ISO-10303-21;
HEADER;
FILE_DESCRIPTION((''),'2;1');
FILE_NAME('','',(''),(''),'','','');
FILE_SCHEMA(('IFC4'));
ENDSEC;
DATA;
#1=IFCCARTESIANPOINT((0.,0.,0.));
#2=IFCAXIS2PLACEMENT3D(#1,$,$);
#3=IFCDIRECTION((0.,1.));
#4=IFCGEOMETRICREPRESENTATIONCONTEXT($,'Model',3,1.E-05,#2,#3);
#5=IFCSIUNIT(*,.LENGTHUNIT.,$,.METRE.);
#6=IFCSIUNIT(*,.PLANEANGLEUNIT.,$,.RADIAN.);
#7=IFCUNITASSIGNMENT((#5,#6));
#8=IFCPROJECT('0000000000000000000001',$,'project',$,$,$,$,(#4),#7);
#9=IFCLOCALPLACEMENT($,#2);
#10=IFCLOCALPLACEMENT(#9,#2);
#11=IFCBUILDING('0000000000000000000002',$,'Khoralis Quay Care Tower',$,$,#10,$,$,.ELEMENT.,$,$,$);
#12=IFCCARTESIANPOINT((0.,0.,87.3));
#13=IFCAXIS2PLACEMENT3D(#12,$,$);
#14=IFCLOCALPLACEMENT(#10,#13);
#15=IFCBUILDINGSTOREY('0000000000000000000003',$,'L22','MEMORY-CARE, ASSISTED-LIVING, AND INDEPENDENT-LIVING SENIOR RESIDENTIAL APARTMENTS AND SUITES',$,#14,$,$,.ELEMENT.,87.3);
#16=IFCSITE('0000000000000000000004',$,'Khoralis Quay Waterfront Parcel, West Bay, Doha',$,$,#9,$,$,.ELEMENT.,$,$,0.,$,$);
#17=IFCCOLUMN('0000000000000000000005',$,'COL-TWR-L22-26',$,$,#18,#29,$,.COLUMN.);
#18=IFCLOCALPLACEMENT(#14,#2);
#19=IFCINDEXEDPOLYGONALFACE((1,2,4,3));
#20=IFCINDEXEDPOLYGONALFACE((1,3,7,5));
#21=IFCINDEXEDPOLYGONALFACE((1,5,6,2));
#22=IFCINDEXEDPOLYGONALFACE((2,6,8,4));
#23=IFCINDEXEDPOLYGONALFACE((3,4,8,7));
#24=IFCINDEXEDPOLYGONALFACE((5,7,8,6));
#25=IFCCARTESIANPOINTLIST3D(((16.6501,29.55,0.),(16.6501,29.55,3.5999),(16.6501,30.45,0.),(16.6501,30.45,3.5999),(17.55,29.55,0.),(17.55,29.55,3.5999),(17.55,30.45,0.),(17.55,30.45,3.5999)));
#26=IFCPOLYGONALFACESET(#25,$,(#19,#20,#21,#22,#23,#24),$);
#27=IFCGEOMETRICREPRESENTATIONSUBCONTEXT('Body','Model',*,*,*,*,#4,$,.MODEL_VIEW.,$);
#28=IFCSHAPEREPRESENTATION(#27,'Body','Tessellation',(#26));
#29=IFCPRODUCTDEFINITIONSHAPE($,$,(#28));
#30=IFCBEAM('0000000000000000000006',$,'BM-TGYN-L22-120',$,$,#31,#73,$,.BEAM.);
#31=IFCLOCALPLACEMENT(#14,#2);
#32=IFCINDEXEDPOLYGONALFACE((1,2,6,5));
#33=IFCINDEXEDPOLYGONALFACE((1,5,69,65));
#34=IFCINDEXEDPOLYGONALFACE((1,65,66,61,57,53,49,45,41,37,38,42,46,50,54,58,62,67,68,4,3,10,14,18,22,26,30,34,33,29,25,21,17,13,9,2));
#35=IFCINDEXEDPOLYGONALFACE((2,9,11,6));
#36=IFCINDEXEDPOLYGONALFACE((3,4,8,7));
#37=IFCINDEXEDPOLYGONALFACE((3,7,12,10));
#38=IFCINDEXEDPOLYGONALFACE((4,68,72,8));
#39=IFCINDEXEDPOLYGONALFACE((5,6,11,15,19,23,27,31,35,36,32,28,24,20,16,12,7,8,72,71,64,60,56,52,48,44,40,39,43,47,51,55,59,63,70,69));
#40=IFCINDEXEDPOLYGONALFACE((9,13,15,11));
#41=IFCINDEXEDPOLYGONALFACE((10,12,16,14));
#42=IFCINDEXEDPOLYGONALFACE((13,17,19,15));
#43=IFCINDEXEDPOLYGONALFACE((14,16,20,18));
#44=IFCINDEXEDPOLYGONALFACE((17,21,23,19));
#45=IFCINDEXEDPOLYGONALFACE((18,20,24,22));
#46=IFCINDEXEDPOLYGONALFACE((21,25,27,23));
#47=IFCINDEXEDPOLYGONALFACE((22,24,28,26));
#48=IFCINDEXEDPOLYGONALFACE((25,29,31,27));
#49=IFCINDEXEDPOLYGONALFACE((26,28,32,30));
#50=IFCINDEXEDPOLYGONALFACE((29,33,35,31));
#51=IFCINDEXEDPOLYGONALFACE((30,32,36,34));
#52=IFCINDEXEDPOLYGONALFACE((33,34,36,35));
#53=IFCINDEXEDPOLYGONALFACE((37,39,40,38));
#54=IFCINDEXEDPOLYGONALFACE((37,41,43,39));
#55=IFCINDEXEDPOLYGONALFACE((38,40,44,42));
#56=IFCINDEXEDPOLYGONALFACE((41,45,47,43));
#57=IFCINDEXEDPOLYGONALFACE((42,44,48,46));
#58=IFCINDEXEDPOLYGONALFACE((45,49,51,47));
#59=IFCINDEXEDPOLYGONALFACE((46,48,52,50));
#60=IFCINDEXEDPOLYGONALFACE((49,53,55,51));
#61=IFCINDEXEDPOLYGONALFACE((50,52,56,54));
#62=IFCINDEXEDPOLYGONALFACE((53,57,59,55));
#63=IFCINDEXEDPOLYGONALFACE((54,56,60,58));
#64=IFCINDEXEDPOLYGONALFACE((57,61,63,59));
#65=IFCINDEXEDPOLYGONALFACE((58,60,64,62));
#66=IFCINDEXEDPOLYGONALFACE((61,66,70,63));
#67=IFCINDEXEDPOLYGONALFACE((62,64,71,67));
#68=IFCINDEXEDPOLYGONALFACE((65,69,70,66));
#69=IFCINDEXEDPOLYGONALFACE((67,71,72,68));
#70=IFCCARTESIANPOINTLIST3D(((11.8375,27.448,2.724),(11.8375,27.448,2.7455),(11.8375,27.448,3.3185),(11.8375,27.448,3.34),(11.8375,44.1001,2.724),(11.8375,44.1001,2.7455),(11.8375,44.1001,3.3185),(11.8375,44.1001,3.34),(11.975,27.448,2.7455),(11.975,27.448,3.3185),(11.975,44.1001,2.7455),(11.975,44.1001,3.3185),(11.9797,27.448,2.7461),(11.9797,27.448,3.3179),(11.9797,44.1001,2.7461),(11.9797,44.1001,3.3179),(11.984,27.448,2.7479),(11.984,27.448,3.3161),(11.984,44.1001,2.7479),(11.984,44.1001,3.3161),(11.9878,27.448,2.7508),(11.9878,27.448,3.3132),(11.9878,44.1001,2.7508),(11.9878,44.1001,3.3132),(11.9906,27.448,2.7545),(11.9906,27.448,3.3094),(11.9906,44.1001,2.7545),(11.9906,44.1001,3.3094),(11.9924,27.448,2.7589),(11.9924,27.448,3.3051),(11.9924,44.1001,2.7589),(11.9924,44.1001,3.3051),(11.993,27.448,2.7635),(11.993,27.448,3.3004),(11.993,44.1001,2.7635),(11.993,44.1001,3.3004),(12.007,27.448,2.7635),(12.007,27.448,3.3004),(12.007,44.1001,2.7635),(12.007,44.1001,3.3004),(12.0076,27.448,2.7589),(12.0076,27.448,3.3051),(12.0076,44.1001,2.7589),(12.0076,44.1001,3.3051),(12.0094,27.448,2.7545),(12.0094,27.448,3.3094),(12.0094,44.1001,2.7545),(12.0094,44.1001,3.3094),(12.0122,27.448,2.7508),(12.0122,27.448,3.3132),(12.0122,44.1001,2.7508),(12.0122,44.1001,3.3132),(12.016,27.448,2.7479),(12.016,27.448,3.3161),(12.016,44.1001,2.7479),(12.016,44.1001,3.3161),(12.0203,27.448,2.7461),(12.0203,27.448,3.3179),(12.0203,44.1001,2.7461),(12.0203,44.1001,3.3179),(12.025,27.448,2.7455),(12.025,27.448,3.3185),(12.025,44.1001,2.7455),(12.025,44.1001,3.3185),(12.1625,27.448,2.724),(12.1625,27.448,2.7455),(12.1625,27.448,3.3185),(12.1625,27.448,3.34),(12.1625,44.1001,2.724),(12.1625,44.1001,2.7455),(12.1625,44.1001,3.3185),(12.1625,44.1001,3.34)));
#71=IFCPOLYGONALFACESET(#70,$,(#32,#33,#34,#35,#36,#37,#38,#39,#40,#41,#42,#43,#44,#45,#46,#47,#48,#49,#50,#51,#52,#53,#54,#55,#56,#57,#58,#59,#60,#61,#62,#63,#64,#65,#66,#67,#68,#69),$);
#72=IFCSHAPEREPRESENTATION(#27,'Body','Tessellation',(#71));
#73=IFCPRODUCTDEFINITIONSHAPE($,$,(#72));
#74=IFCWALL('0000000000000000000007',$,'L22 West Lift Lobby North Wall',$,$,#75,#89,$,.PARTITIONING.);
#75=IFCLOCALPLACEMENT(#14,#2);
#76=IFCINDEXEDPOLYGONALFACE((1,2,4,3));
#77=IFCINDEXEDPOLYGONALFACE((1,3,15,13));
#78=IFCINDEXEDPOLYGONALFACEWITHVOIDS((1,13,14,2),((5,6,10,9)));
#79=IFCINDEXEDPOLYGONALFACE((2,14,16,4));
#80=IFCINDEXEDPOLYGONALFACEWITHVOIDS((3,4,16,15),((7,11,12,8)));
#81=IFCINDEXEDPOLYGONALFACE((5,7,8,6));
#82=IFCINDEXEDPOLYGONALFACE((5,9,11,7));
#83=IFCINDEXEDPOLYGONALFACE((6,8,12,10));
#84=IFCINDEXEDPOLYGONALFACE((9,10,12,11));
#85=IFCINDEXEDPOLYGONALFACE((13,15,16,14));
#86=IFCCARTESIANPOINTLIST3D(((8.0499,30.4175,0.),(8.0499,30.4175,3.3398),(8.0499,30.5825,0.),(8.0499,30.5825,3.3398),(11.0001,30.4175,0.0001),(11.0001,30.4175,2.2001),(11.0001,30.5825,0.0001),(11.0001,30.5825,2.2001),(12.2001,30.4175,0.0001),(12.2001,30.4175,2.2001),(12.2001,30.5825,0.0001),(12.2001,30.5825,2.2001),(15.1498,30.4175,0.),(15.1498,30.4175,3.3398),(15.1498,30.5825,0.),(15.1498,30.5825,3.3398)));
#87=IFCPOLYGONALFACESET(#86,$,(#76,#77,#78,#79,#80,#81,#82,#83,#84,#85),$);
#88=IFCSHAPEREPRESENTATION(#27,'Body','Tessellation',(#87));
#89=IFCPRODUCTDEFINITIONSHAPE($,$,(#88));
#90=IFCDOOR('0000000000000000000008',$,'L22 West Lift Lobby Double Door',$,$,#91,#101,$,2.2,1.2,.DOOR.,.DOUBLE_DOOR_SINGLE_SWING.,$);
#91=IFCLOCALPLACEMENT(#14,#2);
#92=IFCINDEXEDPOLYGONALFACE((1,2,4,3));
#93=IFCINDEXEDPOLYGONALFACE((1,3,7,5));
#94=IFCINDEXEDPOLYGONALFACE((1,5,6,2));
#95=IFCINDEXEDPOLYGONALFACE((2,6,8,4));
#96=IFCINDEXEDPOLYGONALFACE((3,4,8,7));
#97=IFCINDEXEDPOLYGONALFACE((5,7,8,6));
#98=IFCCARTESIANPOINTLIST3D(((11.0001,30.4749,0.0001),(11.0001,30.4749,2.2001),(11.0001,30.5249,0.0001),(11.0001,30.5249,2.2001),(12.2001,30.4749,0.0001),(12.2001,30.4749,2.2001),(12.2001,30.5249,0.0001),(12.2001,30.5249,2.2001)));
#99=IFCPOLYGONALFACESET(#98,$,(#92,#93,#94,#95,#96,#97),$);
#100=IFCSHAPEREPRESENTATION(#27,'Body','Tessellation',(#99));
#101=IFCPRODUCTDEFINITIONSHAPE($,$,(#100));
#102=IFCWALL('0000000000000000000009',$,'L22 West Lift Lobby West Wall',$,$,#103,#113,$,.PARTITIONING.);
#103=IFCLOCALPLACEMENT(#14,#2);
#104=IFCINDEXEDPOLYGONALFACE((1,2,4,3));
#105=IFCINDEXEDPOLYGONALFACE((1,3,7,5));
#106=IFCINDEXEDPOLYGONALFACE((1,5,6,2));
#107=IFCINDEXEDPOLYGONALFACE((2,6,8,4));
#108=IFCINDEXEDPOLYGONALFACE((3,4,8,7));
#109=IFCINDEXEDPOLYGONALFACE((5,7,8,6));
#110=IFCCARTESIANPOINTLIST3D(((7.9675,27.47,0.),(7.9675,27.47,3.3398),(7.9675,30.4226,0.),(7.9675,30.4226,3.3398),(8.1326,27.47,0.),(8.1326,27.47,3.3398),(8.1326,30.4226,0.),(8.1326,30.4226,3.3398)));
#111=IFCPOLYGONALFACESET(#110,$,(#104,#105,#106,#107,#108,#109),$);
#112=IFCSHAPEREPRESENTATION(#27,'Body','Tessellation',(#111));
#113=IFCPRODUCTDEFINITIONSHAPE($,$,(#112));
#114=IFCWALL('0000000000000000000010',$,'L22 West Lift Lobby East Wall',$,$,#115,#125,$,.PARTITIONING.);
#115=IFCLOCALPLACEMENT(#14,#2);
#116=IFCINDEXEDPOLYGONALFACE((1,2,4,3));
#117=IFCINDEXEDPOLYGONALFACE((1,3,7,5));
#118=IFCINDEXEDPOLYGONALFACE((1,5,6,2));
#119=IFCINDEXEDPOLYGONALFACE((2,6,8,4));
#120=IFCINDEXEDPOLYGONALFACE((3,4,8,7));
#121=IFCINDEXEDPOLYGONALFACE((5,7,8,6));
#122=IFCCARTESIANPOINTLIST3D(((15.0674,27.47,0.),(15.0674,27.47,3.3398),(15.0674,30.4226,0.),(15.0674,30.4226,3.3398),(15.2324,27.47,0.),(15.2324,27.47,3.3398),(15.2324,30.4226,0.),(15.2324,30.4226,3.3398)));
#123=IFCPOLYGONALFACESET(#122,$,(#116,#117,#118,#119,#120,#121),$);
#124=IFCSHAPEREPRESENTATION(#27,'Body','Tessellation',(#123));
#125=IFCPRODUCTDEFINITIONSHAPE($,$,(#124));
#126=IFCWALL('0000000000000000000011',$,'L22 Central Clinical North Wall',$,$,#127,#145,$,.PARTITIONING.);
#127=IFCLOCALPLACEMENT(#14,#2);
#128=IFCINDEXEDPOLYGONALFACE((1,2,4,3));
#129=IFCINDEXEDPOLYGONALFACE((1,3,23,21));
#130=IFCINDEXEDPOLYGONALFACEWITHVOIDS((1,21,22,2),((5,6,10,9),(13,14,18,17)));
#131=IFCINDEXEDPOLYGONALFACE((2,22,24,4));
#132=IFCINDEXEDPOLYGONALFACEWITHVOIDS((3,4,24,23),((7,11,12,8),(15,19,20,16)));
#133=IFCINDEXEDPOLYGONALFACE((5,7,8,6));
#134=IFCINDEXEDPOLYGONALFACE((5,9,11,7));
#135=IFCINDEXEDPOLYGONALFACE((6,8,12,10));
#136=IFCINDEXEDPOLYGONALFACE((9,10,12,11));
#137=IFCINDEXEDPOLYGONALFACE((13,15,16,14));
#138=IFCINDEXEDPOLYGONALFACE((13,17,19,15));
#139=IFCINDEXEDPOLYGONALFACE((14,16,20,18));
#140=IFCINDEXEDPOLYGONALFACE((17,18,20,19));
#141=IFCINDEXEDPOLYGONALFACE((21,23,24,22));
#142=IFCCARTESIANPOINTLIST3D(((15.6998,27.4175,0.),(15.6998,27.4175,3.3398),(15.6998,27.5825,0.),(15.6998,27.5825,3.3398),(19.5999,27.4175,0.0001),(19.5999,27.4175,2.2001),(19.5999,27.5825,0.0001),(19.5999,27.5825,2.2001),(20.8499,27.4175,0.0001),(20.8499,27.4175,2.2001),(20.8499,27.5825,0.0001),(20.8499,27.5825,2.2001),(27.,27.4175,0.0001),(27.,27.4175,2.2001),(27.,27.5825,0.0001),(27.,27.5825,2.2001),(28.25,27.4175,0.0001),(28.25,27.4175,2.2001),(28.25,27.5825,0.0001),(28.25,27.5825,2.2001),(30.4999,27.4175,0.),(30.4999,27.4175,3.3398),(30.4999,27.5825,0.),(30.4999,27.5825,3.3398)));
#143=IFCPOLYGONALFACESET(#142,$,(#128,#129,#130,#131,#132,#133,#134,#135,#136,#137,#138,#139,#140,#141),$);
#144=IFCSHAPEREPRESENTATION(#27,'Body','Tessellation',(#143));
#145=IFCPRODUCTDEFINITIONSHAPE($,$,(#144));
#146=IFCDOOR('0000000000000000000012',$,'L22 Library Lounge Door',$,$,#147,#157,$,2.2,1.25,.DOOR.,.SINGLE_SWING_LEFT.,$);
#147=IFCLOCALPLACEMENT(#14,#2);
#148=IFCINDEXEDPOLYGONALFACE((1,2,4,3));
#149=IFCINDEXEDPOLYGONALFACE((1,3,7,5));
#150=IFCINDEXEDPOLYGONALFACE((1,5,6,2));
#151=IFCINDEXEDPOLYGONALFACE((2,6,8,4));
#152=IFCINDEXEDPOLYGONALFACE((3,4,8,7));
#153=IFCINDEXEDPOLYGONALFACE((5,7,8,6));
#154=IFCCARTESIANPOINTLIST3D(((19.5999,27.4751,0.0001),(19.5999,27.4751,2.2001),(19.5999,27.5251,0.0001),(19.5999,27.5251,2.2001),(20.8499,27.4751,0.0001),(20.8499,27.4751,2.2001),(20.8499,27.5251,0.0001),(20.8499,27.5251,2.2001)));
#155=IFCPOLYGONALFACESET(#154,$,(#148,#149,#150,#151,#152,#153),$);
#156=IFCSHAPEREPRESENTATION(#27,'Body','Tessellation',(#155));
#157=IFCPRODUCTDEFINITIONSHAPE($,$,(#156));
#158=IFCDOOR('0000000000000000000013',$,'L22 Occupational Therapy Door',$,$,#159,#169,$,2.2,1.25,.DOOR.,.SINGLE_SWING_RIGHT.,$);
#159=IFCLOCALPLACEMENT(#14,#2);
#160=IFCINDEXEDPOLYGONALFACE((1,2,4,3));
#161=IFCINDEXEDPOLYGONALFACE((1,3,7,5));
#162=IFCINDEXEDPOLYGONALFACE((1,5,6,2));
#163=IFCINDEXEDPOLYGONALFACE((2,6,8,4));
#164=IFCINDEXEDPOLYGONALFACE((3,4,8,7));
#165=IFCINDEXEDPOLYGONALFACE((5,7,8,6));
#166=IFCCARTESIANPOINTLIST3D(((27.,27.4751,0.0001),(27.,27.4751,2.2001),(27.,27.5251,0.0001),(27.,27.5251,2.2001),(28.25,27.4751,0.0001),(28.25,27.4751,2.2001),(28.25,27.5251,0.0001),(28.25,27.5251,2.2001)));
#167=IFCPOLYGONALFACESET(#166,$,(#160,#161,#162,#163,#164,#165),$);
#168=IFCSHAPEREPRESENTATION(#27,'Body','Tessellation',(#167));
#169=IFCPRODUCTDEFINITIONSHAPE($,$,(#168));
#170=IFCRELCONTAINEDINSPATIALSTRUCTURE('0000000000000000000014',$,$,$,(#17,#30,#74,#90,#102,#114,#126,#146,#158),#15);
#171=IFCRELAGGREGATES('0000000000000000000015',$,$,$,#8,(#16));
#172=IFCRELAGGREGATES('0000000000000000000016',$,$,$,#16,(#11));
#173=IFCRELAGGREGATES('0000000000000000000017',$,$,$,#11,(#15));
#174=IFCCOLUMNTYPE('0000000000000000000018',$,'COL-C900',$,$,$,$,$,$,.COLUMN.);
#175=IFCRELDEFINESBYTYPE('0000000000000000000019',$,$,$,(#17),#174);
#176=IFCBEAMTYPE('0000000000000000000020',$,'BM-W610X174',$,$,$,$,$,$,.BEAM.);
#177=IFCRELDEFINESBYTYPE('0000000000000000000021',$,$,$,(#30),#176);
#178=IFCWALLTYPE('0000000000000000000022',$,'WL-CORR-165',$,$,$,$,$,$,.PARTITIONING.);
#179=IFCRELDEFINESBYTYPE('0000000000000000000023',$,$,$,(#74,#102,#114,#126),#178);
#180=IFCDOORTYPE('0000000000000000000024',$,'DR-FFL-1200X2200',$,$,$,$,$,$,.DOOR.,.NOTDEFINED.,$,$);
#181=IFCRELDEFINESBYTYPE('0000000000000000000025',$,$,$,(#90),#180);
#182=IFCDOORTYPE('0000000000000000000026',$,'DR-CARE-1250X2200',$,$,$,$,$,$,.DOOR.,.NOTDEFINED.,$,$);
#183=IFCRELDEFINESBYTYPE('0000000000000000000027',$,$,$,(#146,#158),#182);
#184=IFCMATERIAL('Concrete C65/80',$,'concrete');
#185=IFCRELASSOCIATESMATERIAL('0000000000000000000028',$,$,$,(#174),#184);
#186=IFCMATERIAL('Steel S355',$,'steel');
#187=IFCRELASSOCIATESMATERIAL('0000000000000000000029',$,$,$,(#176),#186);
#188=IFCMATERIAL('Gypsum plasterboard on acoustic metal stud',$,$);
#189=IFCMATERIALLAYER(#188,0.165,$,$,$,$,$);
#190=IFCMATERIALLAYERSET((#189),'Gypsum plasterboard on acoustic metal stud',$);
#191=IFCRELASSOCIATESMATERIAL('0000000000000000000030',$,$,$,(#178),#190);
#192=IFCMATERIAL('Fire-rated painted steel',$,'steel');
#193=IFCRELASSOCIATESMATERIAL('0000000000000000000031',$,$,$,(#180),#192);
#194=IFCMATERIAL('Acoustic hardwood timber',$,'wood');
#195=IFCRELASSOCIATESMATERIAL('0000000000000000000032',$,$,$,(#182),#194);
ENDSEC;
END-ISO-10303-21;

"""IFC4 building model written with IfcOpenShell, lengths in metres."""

from ifc_helpers import new_model, si_unit, direction, frame, frame_2d, origin, origin_2d, place, context, subcontext, project, spatial, rectangle, i_section, extrude, source, transform, mapped, material, layer, layer_set, material_profile, profile_set, type_object, element, fill, save


model = new_model("IFC4")

# Units and contexts
model_context = context("Model", 3, precision=1e-05, world=origin(), true_north=direction((0.0, 1.0)))
body_context = subcontext(model_context, "Body", "Model", "MODEL_VIEW")
ifc_project = project(units=[si_unit("LENGTHUNIT", "METRE"), si_unit("PLANEANGLEUNIT", "RADIAN")], contexts=[model_context])

# Site, building, storey
site_placement = place(None, origin())
site = spatial("IfcSite", under=ifc_project, at=site_placement, Name="Khoralis Quay Waterfront Parcel, West Bay, Doha", CompositionType="ELEMENT", RefElevation=0.0)
building_placement = place(site_placement, origin())
building = spatial("IfcBuilding", under=site, at=building_placement, Name="Khoralis Quay Care Tower", CompositionType="ELEMENT")
storey_placement = place(building_placement, frame((0.0, 0.0, 87.3)))
storey = spatial("IfcBuildingStorey", under=building, at=storey_placement, Name="L22", Description="MEMORY-CARE, ASSISTED-LIVING, AND INDEPENDENT-LIVING SENIOR RESIDENTIAL APARTMENTS AND SUITES", CompositionType="ELEMENT", Elevation=87.3)

# Column
ifc_material_1 = material(Name="Concrete C65/80", Category="concrete")
ifc_material_profile_1 = material_profile(ifc_material_1, rectangle(XDim=0.8999, YDim=0.8999, at=origin_2d()), Name="Concrete C65/80")
ifc_profile_set_1 = profile_set([ifc_material_profile_1], Name="Concrete C65/80")
column_type = type_object("IfcColumnType", Name="COL-C900", PredefinedType="COLUMN", material=ifc_profile_set_1)
shared_shape_1 = source(origin(), body_context, "Body", "SweptSolid", [
    extrude(rectangle(XDim=0.8999, YDim=0.8999, at=origin_2d()), origin(), (0.0, 0.0, 1.0), 3.5999),
])
column_placement = place(storey_placement, frame((17.1001, 30.0, 0.0), z_axis=(0.0, 0.0, 1.0), x_axis=(1.0, 0.0, 0.0)))
element("IfcColumn", 1, at=column_placement, inside=storey, type_object=column_type, Name="COL-TWR-L22-26", PredefinedType="COLUMN", context=body_context, shape_type="MappedRepresentation", body=[
    mapped(shared_shape_1, transform((0.0, 0.0, 0.0), scale=1.0)),
])

# Beam
ifc_material_2 = material(Name="Steel S355", Category="steel")
ifc_material_profile_2 = material_profile(ifc_material_2, i_section(OverallWidth=0.325, OverallDepth=0.616, WebThickness=0.0139, FlangeThickness=0.0215, FilletRadius=0.0181, at=origin_2d()), Name="Steel S355")
ifc_profile_set_2 = profile_set([ifc_material_profile_2], Name="Steel S355")
beam_type = type_object("IfcBeamType", Name="BM-W610X174", PredefinedType="BEAM", material=ifc_profile_set_2)
shared_shape_2 = source(origin(), body_context, "Body", "SweptSolid", [
    extrude(i_section(OverallWidth=0.325, OverallDepth=0.616, WebThickness=0.0139, FlangeThickness=0.0215, FilletRadius=0.0181, at=origin_2d()), origin(), (0.0, 0.0, 1.0), 16.6521),
])
beam_placement = place(storey_placement, frame((12.0, 27.448, 3.032), z_axis=(0.0, 1.0, 0.0), x_axis=(-1.0, 0.0, 0.0)))
element("IfcBeam", 2, at=beam_placement, inside=storey, type_object=beam_type, Name="BM-TGYN-L22-120", PredefinedType="BEAM", context=body_context, shape_type="MappedRepresentation", body=[
    mapped(shared_shape_2, transform((0.0, 0.0, 0.0), scale=1.0)),
])

# Wall, opening, door
ifc_material_3 = material(Name="Gypsum plasterboard on acoustic metal stud")
ifc_layer_1 = layer(ifc_material_3, 0.165)
ifc_layer_set_1 = layer_set([ifc_layer_1], Name="Gypsum plasterboard on acoustic metal stud")
wall_type_1 = type_object("IfcWallType", Name="WL-CORR-165", PredefinedType="PARTITIONING", material=ifc_layer_set_1)
wall_1_placement = place(storey_placement, frame((8.05, 30.5, 0.0), z_axis=(0.0, 0.0, 1.0), x_axis=(1.0, 0.0, 0.0)))
wall_1 = element("IfcWall", 3, at=wall_1_placement, inside=storey, type_object=wall_type_1, Name="L22 West Lift Lobby North Wall", PredefinedType="PARTITIONING", context=body_context, shape_type="SweptSolid", body=[
    extrude(rectangle(XDim=7.0999, YDim=0.165, at=frame_2d((3.5498, 0.0))), origin(), (0.0, 0.0, 1.0), 3.3398),
])
opening_1_placement = place(wall_1_placement, frame((2.95, 0.0, 0.0)))
opening_1 = element("IfcOpeningElement", 4, at=opening_1_placement, cuts=wall_1, PredefinedType="OPENING", context=body_context, shape_type="SweptSolid", body=[
    extrude(rectangle(XDim=1.2, YDim=2.2, at=frame_2d((0.6001, 1.1001))), frame((0.0, 0.0925, 0.0), z_axis=(0.0, -1.0, 0.0), x_axis=(1.0, 0.0, 0.0)), (0.0, 0.0, 1.0), 0.1851),
])
ifc_material_4 = material(Name="Fire-rated painted steel", Category="steel")
door_type_1 = type_object("IfcDoorType", Name="DR-FFL-1200X2200", OperationType="NOTDEFINED", PredefinedType="DOOR", material=ifc_material_4)
shared_shape_3 = source(origin(), body_context, "Body", "SweptSolid", [
    extrude(rectangle(XDim=1.2, YDim=2.2, at=frame_2d((0.6001, 1.1001))), frame((0.0, 0.0249, 0.0), z_axis=(0.0, -1.0, 0.0), x_axis=(1.0, 0.0, 0.0)), (0.0, 0.0, 1.0), 0.05),
])
door_1_placement = place(opening_1_placement, origin())
door_1 = element("IfcDoor", 5, at=door_1_placement, inside=storey, type_object=door_type_1, Name="L22 West Lift Lobby Double Door", OperationType="DOUBLE_DOOR_SINGLE_SWING", OverallHeight=2.2, OverallWidth=1.2, PredefinedType="DOOR", context=body_context, shape_type="MappedRepresentation", body=[
    mapped(shared_shape_3, transform((0.0, 0.0, 0.0), scale=1.0)),
])
fill(opening_1, door_1)

# Walls
for number, where, z_axis, x_axis, name in (
    (6, (8.05, 27.47, 0.0), (0.0, 0.0, 1.0), (0.0, 1.0, 0.0), "L22 West Lift Lobby West Wall"),
    (7, (15.1499, 27.47, 0.0), (0.0, 0.0, 1.0), (0.0, 1.0, 0.0), "L22 West Lift Lobby East Wall"),
):
    element("IfcWall", number, at=place(storey_placement, frame(where, z_axis=z_axis, x_axis=x_axis)), inside=storey, type_object=wall_type_1, Name=name, PredefinedType="PARTITIONING", context=body_context, shape_type="SweptSolid", body=[
        extrude(rectangle(XDim=2.9526, YDim=0.165, at=frame_2d((1.4763, 0.0))), origin(), (0.0, 0.0, 1.0), 3.3398),
    ])

# Wall, openings, doors
wall_2_placement = place(storey_placement, frame((15.7, 27.5, 0.0), z_axis=(0.0, 0.0, 1.0), x_axis=(1.0, 0.0, 0.0)))
wall_2 = element("IfcWall", 8, at=wall_2_placement, inside=storey, type_object=wall_type_1, Name="L22 Central Clinical North Wall", PredefinedType="PARTITIONING", context=body_context, shape_type="SweptSolid", body=[
    extrude(rectangle(XDim=14.8, YDim=0.165, at=frame_2d((7.3999, 0.0))), origin(), (0.0, 0.0, 1.0), 3.3398),
])
opening_2_placement = place(wall_2_placement, frame((3.8999, 0.0, 0.0)))
opening_2 = element("IfcOpeningElement", 9, at=opening_2_placement, cuts=wall_2, PredefinedType="OPENING", context=body_context, shape_type="SweptSolid", body=[
    extrude(rectangle(XDim=1.25, YDim=2.2, at=frame_2d((0.625, 1.1001))), frame((0.0, 0.0925, 0.0), z_axis=(0.0, -1.0, 0.0), x_axis=(1.0, 0.0, 0.0)), (0.0, 0.0, 1.0), 0.1851),
])
opening_3_placement = place(wall_2_placement, frame((11.3, 0.0, 0.0)))
opening_3 = element("IfcOpeningElement", 10, at=opening_3_placement, cuts=wall_2, PredefinedType="OPENING", context=body_context, shape_type="SweptSolid", body=[
    extrude(rectangle(XDim=1.25, YDim=2.2, at=frame_2d((0.625, 1.1001))), frame((0.0, 0.0925, 0.0), z_axis=(0.0, -1.0, 0.0), x_axis=(1.0, 0.0, 0.0)), (0.0, 0.0, 1.0), 0.1851),
])
ifc_material_5 = material(Name="Acoustic hardwood timber", Category="wood")
door_type_2 = type_object("IfcDoorType", Name="DR-CARE-1250X2200", OperationType="NOTDEFINED", PredefinedType="DOOR", material=ifc_material_5)
shared_shape_4 = source(origin(), body_context, "Body", "SweptSolid", [
    extrude(rectangle(XDim=1.25, YDim=2.2, at=frame_2d((0.625, 1.1001))), frame((0.0, 0.0249, 0.0), z_axis=(0.0, -1.0, 0.0), x_axis=(1.0, 0.0, 0.0)), (0.0, 0.0, 1.0), 0.05),
])
door_2_placement = place(opening_2_placement, frame((1.25, 0.0, 0.0), z_axis=(0.0, 0.0, 1.0), x_axis=(-1.0, 0.0, 0.0)))
door_2 = element("IfcDoor", 11, at=door_2_placement, inside=storey, type_object=door_type_2, Name="L22 Library Lounge Door", OperationType="SINGLE_SWING_LEFT", OverallHeight=2.2, OverallWidth=1.25, PredefinedType="DOOR", context=body_context, shape_type="MappedRepresentation", body=[
    mapped(shared_shape_4, transform((0.0, 0.0, 0.0), scale=1.0)),
])
fill(opening_2, door_2)
door_3_placement = place(opening_3_placement, frame((1.25, 0.0, 0.0), z_axis=(0.0, 0.0, 1.0), x_axis=(-1.0, 0.0, 0.0)))
door_3 = element("IfcDoor", 12, at=door_3_placement, inside=storey, type_object=door_type_2, Name="L22 Occupational Therapy Door", OperationType="SINGLE_SWING_RIGHT", OverallHeight=2.2, OverallWidth=1.25, PredefinedType="DOOR", context=body_context, shape_type="MappedRepresentation", body=[
    mapped(shared_shape_4, transform((0.0, 0.0, 0.0), scale=1.0)),
])
fill(opening_3, door_3)

save(model, "model.ifc")
